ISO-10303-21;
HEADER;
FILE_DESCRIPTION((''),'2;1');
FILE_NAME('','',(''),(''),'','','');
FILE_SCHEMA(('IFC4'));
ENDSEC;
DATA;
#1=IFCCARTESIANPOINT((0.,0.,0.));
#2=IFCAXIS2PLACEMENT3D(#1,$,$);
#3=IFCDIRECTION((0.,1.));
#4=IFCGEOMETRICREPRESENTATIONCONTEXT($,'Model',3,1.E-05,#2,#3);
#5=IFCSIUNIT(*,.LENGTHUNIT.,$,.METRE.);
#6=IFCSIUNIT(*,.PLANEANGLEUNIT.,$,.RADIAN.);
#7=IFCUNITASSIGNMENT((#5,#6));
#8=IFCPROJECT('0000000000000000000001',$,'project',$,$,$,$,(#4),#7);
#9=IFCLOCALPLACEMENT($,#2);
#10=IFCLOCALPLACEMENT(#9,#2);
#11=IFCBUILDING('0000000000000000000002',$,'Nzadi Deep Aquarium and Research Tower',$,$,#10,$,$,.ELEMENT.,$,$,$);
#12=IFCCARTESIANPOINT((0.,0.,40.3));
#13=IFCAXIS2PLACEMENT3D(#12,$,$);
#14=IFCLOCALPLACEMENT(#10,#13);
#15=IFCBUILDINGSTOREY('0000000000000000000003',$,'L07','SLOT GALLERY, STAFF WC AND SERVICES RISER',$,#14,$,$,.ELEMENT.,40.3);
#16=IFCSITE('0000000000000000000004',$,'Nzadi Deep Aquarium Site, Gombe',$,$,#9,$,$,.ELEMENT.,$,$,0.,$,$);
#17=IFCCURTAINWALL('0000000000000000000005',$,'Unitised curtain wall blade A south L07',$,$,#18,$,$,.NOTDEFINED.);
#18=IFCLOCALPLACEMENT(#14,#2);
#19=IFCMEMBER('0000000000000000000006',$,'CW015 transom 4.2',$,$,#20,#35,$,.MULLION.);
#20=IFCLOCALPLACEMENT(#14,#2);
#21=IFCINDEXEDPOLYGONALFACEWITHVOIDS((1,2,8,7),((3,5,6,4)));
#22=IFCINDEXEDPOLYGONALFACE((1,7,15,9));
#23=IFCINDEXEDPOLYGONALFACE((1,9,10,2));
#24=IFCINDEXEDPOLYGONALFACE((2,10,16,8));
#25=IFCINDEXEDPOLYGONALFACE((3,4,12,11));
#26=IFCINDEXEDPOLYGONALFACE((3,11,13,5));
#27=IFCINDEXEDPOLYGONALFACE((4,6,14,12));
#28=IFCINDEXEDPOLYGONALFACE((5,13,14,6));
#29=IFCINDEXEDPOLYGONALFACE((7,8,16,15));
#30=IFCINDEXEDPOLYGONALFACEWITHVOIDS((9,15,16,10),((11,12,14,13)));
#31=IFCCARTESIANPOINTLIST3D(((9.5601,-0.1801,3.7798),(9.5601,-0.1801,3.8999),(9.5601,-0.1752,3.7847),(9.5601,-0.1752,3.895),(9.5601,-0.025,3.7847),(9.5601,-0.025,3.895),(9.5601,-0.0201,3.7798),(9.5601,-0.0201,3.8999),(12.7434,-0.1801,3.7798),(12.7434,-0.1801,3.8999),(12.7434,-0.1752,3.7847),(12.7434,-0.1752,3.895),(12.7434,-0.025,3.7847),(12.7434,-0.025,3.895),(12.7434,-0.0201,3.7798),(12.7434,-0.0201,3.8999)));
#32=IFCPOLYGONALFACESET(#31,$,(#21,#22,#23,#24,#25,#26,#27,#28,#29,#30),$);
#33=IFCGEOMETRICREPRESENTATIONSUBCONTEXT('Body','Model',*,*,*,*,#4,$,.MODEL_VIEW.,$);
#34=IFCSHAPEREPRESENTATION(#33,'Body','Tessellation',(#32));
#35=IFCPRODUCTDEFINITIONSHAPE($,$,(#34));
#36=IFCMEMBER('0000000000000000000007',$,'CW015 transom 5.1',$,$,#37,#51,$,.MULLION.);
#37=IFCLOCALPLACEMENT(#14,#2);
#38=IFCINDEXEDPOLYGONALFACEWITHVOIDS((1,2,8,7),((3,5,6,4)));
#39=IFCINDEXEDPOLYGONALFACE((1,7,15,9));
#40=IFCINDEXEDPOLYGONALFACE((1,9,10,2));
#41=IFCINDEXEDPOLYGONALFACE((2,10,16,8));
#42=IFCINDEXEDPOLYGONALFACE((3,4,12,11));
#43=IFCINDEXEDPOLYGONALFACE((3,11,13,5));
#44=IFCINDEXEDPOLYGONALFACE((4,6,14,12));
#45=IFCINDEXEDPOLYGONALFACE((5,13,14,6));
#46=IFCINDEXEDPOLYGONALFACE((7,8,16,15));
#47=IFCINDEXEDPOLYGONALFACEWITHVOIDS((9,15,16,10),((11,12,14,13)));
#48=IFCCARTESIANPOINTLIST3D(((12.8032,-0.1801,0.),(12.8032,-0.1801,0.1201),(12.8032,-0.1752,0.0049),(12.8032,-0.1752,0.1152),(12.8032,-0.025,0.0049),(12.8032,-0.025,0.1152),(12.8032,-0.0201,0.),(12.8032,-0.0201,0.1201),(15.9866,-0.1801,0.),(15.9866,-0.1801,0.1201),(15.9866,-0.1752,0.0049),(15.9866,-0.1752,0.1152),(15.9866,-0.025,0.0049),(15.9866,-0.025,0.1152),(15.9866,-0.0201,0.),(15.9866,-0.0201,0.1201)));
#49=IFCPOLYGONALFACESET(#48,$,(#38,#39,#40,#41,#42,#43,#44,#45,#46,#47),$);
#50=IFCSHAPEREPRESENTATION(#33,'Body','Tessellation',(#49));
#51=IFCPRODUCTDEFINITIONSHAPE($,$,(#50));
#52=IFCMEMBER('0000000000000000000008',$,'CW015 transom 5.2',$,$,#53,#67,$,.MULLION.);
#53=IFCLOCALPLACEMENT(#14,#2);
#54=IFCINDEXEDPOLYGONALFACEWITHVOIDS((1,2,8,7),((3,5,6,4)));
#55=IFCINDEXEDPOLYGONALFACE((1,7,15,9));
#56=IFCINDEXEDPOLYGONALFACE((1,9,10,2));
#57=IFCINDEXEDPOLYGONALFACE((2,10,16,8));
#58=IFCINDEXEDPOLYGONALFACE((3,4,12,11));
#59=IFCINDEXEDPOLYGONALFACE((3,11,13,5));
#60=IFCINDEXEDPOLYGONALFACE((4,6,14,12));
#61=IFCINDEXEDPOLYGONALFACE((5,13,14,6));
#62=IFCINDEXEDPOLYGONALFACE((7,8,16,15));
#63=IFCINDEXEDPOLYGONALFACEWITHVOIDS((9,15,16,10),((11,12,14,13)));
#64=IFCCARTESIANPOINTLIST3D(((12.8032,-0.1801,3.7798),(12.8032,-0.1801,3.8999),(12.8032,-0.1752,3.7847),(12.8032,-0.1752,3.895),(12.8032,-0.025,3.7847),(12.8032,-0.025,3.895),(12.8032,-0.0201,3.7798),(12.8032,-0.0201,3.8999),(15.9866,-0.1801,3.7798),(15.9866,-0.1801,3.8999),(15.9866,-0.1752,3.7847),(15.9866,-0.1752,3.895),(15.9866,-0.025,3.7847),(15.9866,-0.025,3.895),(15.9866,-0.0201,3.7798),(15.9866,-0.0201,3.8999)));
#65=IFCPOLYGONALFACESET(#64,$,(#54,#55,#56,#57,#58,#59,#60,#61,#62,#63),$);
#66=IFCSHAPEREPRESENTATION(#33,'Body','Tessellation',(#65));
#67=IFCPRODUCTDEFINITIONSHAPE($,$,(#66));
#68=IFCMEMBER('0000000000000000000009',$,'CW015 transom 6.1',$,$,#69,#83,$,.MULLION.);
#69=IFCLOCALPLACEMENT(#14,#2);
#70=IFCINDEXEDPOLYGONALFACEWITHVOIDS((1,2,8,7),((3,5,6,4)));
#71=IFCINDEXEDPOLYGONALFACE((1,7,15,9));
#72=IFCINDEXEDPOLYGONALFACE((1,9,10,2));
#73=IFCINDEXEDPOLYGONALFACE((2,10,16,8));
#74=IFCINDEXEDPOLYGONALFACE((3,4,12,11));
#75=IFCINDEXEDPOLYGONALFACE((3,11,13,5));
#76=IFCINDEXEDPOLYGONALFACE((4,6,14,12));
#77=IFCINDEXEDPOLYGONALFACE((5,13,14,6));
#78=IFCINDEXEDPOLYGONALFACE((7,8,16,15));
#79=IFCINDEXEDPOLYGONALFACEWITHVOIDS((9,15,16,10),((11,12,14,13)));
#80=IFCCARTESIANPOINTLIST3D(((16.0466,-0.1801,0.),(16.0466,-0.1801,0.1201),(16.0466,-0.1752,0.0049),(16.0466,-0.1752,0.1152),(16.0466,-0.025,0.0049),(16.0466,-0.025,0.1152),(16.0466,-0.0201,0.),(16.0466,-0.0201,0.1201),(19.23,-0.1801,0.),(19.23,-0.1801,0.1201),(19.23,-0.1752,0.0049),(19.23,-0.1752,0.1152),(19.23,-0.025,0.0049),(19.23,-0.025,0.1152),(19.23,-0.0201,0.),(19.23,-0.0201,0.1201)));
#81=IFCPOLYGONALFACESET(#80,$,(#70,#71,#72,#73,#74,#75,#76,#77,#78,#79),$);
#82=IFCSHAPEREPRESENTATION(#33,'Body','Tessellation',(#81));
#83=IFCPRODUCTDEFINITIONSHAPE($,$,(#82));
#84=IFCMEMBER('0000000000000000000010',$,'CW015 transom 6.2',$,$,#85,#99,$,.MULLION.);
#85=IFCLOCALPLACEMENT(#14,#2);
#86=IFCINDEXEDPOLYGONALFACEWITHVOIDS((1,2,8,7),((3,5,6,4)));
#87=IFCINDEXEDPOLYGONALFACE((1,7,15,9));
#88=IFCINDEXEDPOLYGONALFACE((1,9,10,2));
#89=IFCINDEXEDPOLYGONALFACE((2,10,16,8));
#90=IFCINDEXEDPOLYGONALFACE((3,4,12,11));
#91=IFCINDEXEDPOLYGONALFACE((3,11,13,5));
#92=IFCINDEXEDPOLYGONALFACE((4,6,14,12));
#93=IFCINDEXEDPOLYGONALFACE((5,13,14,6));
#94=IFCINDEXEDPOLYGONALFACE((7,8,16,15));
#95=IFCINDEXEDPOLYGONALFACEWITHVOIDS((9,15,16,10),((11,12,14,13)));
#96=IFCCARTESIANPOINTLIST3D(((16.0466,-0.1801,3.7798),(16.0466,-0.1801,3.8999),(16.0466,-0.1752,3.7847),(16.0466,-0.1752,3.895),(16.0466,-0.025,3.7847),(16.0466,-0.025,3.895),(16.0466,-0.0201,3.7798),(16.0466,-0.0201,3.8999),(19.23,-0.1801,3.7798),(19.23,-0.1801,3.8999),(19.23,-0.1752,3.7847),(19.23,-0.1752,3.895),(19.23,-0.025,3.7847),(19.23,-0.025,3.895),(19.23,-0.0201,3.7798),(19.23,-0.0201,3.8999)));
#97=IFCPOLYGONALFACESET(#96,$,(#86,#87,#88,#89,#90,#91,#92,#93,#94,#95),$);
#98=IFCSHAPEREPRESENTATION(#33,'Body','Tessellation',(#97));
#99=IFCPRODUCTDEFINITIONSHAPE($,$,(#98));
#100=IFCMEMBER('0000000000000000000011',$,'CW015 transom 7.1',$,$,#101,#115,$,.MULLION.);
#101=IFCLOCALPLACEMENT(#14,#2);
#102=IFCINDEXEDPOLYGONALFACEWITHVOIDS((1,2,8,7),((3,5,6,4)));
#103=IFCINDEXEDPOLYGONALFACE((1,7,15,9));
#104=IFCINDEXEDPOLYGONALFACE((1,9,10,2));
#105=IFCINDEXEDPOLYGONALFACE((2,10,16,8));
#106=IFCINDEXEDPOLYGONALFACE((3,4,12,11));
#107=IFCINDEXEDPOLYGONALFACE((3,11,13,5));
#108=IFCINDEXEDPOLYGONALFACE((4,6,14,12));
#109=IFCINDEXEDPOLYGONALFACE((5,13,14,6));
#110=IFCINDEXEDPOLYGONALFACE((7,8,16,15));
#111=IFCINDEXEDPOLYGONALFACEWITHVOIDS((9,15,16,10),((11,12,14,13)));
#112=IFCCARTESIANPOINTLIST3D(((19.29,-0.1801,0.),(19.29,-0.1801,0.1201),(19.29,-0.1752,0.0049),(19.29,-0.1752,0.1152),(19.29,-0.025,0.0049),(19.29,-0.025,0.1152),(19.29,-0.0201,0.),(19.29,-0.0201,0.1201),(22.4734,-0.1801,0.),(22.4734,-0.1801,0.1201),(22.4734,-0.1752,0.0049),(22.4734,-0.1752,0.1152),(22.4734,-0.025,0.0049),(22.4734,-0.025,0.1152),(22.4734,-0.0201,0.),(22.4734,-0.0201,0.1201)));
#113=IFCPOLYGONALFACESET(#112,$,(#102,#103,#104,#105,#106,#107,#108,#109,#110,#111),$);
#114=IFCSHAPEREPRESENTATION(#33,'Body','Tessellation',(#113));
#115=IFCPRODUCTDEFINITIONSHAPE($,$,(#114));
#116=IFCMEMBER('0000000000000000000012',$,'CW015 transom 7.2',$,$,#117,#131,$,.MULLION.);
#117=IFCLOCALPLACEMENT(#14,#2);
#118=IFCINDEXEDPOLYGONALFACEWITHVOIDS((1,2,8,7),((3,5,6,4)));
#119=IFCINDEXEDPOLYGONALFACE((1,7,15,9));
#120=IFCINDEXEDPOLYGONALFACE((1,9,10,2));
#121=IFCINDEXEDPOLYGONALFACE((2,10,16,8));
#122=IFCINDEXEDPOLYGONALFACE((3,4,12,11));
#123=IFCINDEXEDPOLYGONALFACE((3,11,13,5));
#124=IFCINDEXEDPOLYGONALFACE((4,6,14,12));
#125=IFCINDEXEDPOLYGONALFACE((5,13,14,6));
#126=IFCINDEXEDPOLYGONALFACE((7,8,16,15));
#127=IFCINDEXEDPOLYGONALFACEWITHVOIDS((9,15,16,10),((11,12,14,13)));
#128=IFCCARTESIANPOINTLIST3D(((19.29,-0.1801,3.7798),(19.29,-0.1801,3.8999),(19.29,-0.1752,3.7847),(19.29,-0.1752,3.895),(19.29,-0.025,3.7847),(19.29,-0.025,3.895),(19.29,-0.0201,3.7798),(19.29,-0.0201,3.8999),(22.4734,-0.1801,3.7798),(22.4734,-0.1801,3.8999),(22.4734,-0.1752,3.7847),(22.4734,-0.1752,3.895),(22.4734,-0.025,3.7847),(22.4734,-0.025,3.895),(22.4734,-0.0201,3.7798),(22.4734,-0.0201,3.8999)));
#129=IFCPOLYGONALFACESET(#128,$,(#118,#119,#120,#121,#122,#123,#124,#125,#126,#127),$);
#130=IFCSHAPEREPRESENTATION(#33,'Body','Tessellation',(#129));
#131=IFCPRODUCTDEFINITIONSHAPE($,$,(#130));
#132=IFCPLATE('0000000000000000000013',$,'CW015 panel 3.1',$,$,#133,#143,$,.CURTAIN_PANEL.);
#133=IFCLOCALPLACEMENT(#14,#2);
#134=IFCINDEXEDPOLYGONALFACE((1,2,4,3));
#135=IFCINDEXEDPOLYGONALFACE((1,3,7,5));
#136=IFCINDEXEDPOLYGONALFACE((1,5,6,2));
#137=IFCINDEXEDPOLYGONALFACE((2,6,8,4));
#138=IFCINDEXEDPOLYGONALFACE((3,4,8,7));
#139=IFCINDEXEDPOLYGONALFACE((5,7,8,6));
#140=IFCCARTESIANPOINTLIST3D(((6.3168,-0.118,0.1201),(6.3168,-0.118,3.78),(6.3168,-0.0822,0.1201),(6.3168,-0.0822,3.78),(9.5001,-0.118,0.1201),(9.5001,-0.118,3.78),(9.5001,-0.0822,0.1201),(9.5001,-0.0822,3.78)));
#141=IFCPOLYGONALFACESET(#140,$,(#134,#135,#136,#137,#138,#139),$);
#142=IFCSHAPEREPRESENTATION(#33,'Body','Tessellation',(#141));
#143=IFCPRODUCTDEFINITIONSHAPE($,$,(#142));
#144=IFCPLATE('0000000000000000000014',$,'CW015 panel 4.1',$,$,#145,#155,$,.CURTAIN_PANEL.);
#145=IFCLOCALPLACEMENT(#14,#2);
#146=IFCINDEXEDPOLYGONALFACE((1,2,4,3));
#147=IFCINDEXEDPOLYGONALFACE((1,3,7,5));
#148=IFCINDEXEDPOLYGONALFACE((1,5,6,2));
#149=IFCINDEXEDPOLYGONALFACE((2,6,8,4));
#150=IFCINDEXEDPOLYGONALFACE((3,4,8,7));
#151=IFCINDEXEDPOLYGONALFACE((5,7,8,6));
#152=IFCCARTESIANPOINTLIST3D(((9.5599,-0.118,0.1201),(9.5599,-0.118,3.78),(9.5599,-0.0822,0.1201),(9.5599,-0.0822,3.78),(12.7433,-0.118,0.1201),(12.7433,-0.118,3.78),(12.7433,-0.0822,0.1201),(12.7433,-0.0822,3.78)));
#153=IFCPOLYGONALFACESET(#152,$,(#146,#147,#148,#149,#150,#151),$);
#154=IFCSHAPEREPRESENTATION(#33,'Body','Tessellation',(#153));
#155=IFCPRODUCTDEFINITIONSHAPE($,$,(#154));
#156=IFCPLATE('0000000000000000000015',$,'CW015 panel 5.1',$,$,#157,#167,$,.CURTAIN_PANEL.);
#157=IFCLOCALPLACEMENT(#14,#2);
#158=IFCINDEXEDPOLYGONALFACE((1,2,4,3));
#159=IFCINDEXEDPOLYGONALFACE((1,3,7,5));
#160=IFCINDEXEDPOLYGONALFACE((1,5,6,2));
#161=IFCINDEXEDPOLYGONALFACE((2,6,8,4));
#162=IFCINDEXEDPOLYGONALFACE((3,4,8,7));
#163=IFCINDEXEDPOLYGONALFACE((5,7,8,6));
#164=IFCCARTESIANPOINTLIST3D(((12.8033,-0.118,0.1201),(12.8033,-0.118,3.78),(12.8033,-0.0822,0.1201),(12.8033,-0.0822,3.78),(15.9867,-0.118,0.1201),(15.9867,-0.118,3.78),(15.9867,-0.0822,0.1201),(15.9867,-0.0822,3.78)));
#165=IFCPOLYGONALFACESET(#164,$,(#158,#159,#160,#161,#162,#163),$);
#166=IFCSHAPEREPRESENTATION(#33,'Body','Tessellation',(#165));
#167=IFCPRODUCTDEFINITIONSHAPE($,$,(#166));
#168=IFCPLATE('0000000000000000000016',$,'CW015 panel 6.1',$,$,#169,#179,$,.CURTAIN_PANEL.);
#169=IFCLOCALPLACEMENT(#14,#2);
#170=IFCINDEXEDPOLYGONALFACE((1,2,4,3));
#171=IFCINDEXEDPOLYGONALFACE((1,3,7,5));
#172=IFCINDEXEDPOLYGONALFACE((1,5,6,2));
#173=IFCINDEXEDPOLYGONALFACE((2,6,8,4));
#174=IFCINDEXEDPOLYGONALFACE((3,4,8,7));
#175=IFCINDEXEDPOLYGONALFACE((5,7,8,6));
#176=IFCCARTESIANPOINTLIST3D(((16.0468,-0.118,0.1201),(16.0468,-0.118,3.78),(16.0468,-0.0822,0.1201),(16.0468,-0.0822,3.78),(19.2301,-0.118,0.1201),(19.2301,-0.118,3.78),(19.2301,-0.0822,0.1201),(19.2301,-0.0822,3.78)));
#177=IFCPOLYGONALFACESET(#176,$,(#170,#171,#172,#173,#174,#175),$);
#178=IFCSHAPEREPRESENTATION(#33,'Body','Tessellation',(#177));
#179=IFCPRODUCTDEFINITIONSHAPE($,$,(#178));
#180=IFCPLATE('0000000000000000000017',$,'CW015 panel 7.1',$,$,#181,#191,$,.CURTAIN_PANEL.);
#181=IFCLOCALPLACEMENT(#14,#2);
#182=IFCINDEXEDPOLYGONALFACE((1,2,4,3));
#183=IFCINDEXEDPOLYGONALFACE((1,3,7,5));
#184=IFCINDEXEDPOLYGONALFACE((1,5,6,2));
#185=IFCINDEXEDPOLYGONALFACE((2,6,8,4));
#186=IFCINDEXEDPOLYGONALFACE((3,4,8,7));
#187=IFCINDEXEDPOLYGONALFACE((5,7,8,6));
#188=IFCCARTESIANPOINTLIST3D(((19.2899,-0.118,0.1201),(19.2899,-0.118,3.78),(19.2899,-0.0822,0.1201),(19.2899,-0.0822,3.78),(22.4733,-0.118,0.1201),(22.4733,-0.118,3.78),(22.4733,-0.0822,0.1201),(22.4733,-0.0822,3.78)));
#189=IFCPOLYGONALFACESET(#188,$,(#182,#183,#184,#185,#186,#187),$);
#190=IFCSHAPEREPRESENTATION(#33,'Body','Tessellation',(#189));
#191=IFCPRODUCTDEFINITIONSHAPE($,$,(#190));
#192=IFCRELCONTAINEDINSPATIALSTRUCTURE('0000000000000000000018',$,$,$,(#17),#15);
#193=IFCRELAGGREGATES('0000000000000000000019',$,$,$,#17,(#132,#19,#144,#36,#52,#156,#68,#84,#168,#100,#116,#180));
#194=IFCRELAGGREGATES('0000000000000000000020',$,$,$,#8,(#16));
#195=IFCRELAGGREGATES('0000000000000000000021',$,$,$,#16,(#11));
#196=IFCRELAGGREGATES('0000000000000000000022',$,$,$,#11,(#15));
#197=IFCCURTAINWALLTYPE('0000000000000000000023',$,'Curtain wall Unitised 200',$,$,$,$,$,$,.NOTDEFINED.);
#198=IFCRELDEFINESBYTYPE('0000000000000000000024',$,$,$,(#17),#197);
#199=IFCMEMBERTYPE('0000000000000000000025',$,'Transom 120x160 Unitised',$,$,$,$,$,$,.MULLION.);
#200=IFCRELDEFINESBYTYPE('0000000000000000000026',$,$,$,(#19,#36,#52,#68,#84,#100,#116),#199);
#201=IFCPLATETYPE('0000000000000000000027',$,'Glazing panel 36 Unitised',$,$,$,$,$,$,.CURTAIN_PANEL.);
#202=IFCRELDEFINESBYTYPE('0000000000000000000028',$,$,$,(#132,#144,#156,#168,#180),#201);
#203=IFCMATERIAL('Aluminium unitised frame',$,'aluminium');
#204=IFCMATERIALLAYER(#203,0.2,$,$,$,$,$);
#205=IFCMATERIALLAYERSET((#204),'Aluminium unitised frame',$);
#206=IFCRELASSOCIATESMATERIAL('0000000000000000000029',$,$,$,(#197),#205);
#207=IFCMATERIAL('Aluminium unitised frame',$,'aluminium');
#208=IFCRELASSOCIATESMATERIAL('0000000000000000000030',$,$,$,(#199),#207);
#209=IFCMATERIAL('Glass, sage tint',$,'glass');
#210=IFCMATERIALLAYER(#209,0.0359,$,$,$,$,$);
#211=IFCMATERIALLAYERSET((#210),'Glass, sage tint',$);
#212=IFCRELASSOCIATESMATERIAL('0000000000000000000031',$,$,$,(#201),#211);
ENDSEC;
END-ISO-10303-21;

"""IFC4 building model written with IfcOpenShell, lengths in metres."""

from ifc_helpers import new_model, si_unit, direction, frame, origin, origin_2d, place, context, subcontext, project, spatial, rectangle, hollow_rectangle, extrude, material, layer, layer_set, material_profile, profile_set, type_object, element, aggregate, save


model = new_model("IFC4")

# Units and contexts
model_context = context("Model", 3, precision=1e-05, world=origin(), true_north=direction((0.0, 1.0)))
body_context = subcontext(model_context, "Body", "Model", "MODEL_VIEW")
ifc_project = project(units=[si_unit("LENGTHUNIT", "METRE"), si_unit("PLANEANGLEUNIT", "RADIAN")], contexts=[model_context])

# Site, building, storey
site_placement = place(None, origin())
site = spatial("IfcSite", under=ifc_project, at=site_placement, Name="Nzadi Deep Aquarium Site, Gombe", CompositionType="ELEMENT", RefElevation=0.0)
building_placement = place(site_placement, origin())
building = spatial("IfcBuilding", under=site, at=building_placement, Name="Nzadi Deep Aquarium and Research Tower", CompositionType="ELEMENT")
storey_placement = place(building_placement, frame((0.0, 0.0, 40.3)))
storey = spatial("IfcBuildingStorey", under=building, at=storey_placement, Name="L07", Description="SLOT GALLERY, STAFF WC AND SERVICES RISER", CompositionType="ELEMENT", Elevation=40.3)

# Curtain wall
ifc_material_1 = material(Name="Aluminium unitised frame", Category="aluminium")
ifc_layer_1 = layer(ifc_material_1, 0.2)
ifc_layer_set_1 = layer_set([ifc_layer_1], Name="Aluminium unitised frame")
curtain_wall_type = type_object("IfcCurtainWallType", Name="Curtain wall Unitised 200", PredefinedType="NOTDEFINED", material=ifc_layer_set_1)
curtain_wall_placement = place(storey_placement, origin())
curtain_wall = element("IfcCurtainWall", 1, at=curtain_wall_placement, inside=storey, type_object=curtain_wall_type, Name="Unitised curtain wall blade A south L07", PredefinedType="NOTDEFINED")

# Members
ifc_material_2 = material(Name="Aluminium unitised frame", Category="aluminium")
ifc_material_profile_1 = material_profile(ifc_material_2, hollow_rectangle(XDim=0.1599, YDim=0.1201, WallThickness=0.0049, at=origin_2d()))
ifc_profile_set_1 = profile_set([ifc_material_profile_1], Name="Aluminium unitised frame")
member_type_1 = type_object("IfcMemberType", Name="Transom 120x160 Unitised", PredefinedType="MULLION", material=ifc_profile_set_1)
member_1_placement = place(storey_placement, frame((9.5601, -0.1001, 3.8398), z_axis=(1.0, 0.0, 0.0), x_axis=(0.0, 1.0, 0.0)))
member_1 = element("IfcMember", 2, at=member_1_placement, type_object=member_type_1, Name="CW015 transom 4.2", PredefinedType="MULLION", context=body_context, shape_type="SweptSolid", body=[
    extrude(hollow_rectangle(XDim=0.1599, YDim=0.1201, WallThickness=0.0049, at=origin_2d()), origin(), (0.0, 0.0, 1.0), 3.1833),
])
member_2_placement = place(storey_placement, frame((12.8032, -0.1001, 0.0601), z_axis=(1.0, 0.0, 0.0), x_axis=(0.0, 1.0, 0.0)))
member_2 = element("IfcMember", 3, at=member_2_placement, type_object=member_type_1, Name="CW015 transom 5.1", PredefinedType="MULLION", context=body_context, shape_type="SweptSolid", body=[
    extrude(hollow_rectangle(XDim=0.1599, YDim=0.1201, WallThickness=0.0049, at=origin_2d()), origin(), (0.0, 0.0, 1.0), 3.1833),
])
member_3_placement = place(storey_placement, frame((12.8032, -0.1001, 3.8398), z_axis=(1.0, 0.0, 0.0), x_axis=(0.0, 1.0, 0.0)))
member_3 = element("IfcMember", 4, at=member_3_placement, type_object=member_type_1, Name="CW015 transom 5.2", PredefinedType="MULLION", context=body_context, shape_type="SweptSolid", body=[
    extrude(hollow_rectangle(XDim=0.1599, YDim=0.1201, WallThickness=0.0049, at=origin_2d()), origin(), (0.0, 0.0, 1.0), 3.1833),
])
member_4_placement = place(storey_placement, frame((16.0466, -0.1001, 0.0601), z_axis=(1.0, 0.0, 0.0), x_axis=(0.0, 1.0, 0.0)))
member_4 = element("IfcMember", 5, at=member_4_placement, type_object=member_type_1, Name="CW015 transom 6.1", PredefinedType="MULLION", context=body_context, shape_type="SweptSolid", body=[
    extrude(hollow_rectangle(XDim=0.1599, YDim=0.1201, WallThickness=0.0049, at=origin_2d()), origin(), (0.0, 0.0, 1.0), 3.1833),
])
member_5_placement = place(storey_placement, frame((16.0466, -0.1001, 3.8398), z_axis=(1.0, 0.0, 0.0), x_axis=(0.0, 1.0, 0.0)))
member_5 = element("IfcMember", 6, at=member_5_placement, type_object=member_type_1, Name="CW015 transom 6.2", PredefinedType="MULLION", context=body_context, shape_type="SweptSolid", body=[
    extrude(hollow_rectangle(XDim=0.1599, YDim=0.1201, WallThickness=0.0049, at=origin_2d()), origin(), (0.0, 0.0, 1.0), 3.1833),
])
member_6_placement = place(storey_placement, frame((19.29, -0.1001, 0.0601), z_axis=(1.0, 0.0, 0.0), x_axis=(0.0, 1.0, 0.0)))
member_6 = element("IfcMember", 7, at=member_6_placement, type_object=member_type_1, Name="CW015 transom 7.1", PredefinedType="MULLION", context=body_context, shape_type="SweptSolid", body=[
    extrude(hollow_rectangle(XDim=0.1599, YDim=0.1201, WallThickness=0.0049, at=origin_2d()), origin(), (0.0, 0.0, 1.0), 3.1833),
])
member_7_placement = place(storey_placement, frame((19.29, -0.1001, 3.8398), z_axis=(1.0, 0.0, 0.0), x_axis=(0.0, 1.0, 0.0)))
member_7 = element("IfcMember", 8, at=member_7_placement, type_object=member_type_1, Name="CW015 transom 7.2", PredefinedType="MULLION", context=body_context, shape_type="SweptSolid", body=[
    extrude(hollow_rectangle(XDim=0.1599, YDim=0.1201, WallThickness=0.0049, at=origin_2d()), origin(), (0.0, 0.0, 1.0), 3.1833),
])

# Plates
ifc_material_3 = material(Name="Glass, sage tint", Category="glass")
ifc_layer_2 = layer(ifc_material_3, 0.0359)
ifc_layer_set_2 = layer_set([ifc_layer_2], Name="Glass, sage tint")
plate_type = type_object("IfcPlateType", Name="Glazing panel 36 Unitised", PredefinedType="CURTAIN_PANEL", material=ifc_layer_set_2)
plate_1_placement = place(storey_placement, frame((7.9084, -0.1001, 0.1201), z_axis=(0.0, 0.0, 1.0), x_axis=(1.0, 0.0, 0.0)))
plate_1 = element("IfcPlate", 9, at=plate_1_placement, type_object=plate_type, Name="CW015 panel 3.1", PredefinedType="CURTAIN_PANEL", context=body_context, shape_type="SweptSolid", body=[
    extrude(rectangle(XDim=3.1833, YDim=0.0359, at=origin_2d()), origin(), (0.0, 0.0, 1.0), 3.6599),
])
plate_2_placement = place(storey_placement, frame((11.1516, -0.1001, 0.1201), z_axis=(0.0, 0.0, 1.0), x_axis=(1.0, 0.0, 0.0)))
plate_2 = element("IfcPlate", 10, at=plate_2_placement, type_object=plate_type, Name="CW015 panel 4.1", PredefinedType="CURTAIN_PANEL", context=body_context, shape_type="SweptSolid", body=[
    extrude(rectangle(XDim=3.1833, YDim=0.0359, at=origin_2d()), origin(), (0.0, 0.0, 1.0), 3.6599),
])
plate_3_placement = place(storey_placement, frame((14.395, -0.1001, 0.1201), z_axis=(0.0, 0.0, 1.0), x_axis=(1.0, 0.0, 0.0)))
plate_3 = element("IfcPlate", 11, at=plate_3_placement, type_object=plate_type, Name="CW015 panel 5.1", PredefinedType="CURTAIN_PANEL", context=body_context, shape_type="SweptSolid", body=[
    extrude(rectangle(XDim=3.1833, YDim=0.0359, at=origin_2d()), origin(), (0.0, 0.0, 1.0), 3.6599),
])
plate_4_placement = place(storey_placement, frame((17.6384, -0.1001, 0.1201), z_axis=(0.0, 0.0, 1.0), x_axis=(1.0, 0.0, 0.0)))
plate_4 = element("IfcPlate", 12, at=plate_4_placement, type_object=plate_type, Name="CW015 panel 6.1", PredefinedType="CURTAIN_PANEL", context=body_context, shape_type="SweptSolid", body=[
    extrude(rectangle(XDim=3.1833, YDim=0.0359, at=origin_2d()), origin(), (0.0, 0.0, 1.0), 3.6599),
])
plate_5_placement = place(storey_placement, frame((20.8816, -0.1001, 0.1201), z_axis=(0.0, 0.0, 1.0), x_axis=(1.0, 0.0, 0.0)))
plate_5 = element("IfcPlate", 13, at=plate_5_placement, type_object=plate_type, Name="CW015 panel 7.1", PredefinedType="CURTAIN_PANEL", context=body_context, shape_type="SweptSolid", body=[
    extrude(rectangle(XDim=3.1833, YDim=0.0359, at=origin_2d()), origin(), (0.0, 0.0, 1.0), 3.6599),
])
aggregate(curtain_wall, [plate_1, member_1, plate_2, member_2, member_3, plate_3, member_4, member_5, plate_4, member_6, member_7, plate_5])

save(model, "model.ifc")
